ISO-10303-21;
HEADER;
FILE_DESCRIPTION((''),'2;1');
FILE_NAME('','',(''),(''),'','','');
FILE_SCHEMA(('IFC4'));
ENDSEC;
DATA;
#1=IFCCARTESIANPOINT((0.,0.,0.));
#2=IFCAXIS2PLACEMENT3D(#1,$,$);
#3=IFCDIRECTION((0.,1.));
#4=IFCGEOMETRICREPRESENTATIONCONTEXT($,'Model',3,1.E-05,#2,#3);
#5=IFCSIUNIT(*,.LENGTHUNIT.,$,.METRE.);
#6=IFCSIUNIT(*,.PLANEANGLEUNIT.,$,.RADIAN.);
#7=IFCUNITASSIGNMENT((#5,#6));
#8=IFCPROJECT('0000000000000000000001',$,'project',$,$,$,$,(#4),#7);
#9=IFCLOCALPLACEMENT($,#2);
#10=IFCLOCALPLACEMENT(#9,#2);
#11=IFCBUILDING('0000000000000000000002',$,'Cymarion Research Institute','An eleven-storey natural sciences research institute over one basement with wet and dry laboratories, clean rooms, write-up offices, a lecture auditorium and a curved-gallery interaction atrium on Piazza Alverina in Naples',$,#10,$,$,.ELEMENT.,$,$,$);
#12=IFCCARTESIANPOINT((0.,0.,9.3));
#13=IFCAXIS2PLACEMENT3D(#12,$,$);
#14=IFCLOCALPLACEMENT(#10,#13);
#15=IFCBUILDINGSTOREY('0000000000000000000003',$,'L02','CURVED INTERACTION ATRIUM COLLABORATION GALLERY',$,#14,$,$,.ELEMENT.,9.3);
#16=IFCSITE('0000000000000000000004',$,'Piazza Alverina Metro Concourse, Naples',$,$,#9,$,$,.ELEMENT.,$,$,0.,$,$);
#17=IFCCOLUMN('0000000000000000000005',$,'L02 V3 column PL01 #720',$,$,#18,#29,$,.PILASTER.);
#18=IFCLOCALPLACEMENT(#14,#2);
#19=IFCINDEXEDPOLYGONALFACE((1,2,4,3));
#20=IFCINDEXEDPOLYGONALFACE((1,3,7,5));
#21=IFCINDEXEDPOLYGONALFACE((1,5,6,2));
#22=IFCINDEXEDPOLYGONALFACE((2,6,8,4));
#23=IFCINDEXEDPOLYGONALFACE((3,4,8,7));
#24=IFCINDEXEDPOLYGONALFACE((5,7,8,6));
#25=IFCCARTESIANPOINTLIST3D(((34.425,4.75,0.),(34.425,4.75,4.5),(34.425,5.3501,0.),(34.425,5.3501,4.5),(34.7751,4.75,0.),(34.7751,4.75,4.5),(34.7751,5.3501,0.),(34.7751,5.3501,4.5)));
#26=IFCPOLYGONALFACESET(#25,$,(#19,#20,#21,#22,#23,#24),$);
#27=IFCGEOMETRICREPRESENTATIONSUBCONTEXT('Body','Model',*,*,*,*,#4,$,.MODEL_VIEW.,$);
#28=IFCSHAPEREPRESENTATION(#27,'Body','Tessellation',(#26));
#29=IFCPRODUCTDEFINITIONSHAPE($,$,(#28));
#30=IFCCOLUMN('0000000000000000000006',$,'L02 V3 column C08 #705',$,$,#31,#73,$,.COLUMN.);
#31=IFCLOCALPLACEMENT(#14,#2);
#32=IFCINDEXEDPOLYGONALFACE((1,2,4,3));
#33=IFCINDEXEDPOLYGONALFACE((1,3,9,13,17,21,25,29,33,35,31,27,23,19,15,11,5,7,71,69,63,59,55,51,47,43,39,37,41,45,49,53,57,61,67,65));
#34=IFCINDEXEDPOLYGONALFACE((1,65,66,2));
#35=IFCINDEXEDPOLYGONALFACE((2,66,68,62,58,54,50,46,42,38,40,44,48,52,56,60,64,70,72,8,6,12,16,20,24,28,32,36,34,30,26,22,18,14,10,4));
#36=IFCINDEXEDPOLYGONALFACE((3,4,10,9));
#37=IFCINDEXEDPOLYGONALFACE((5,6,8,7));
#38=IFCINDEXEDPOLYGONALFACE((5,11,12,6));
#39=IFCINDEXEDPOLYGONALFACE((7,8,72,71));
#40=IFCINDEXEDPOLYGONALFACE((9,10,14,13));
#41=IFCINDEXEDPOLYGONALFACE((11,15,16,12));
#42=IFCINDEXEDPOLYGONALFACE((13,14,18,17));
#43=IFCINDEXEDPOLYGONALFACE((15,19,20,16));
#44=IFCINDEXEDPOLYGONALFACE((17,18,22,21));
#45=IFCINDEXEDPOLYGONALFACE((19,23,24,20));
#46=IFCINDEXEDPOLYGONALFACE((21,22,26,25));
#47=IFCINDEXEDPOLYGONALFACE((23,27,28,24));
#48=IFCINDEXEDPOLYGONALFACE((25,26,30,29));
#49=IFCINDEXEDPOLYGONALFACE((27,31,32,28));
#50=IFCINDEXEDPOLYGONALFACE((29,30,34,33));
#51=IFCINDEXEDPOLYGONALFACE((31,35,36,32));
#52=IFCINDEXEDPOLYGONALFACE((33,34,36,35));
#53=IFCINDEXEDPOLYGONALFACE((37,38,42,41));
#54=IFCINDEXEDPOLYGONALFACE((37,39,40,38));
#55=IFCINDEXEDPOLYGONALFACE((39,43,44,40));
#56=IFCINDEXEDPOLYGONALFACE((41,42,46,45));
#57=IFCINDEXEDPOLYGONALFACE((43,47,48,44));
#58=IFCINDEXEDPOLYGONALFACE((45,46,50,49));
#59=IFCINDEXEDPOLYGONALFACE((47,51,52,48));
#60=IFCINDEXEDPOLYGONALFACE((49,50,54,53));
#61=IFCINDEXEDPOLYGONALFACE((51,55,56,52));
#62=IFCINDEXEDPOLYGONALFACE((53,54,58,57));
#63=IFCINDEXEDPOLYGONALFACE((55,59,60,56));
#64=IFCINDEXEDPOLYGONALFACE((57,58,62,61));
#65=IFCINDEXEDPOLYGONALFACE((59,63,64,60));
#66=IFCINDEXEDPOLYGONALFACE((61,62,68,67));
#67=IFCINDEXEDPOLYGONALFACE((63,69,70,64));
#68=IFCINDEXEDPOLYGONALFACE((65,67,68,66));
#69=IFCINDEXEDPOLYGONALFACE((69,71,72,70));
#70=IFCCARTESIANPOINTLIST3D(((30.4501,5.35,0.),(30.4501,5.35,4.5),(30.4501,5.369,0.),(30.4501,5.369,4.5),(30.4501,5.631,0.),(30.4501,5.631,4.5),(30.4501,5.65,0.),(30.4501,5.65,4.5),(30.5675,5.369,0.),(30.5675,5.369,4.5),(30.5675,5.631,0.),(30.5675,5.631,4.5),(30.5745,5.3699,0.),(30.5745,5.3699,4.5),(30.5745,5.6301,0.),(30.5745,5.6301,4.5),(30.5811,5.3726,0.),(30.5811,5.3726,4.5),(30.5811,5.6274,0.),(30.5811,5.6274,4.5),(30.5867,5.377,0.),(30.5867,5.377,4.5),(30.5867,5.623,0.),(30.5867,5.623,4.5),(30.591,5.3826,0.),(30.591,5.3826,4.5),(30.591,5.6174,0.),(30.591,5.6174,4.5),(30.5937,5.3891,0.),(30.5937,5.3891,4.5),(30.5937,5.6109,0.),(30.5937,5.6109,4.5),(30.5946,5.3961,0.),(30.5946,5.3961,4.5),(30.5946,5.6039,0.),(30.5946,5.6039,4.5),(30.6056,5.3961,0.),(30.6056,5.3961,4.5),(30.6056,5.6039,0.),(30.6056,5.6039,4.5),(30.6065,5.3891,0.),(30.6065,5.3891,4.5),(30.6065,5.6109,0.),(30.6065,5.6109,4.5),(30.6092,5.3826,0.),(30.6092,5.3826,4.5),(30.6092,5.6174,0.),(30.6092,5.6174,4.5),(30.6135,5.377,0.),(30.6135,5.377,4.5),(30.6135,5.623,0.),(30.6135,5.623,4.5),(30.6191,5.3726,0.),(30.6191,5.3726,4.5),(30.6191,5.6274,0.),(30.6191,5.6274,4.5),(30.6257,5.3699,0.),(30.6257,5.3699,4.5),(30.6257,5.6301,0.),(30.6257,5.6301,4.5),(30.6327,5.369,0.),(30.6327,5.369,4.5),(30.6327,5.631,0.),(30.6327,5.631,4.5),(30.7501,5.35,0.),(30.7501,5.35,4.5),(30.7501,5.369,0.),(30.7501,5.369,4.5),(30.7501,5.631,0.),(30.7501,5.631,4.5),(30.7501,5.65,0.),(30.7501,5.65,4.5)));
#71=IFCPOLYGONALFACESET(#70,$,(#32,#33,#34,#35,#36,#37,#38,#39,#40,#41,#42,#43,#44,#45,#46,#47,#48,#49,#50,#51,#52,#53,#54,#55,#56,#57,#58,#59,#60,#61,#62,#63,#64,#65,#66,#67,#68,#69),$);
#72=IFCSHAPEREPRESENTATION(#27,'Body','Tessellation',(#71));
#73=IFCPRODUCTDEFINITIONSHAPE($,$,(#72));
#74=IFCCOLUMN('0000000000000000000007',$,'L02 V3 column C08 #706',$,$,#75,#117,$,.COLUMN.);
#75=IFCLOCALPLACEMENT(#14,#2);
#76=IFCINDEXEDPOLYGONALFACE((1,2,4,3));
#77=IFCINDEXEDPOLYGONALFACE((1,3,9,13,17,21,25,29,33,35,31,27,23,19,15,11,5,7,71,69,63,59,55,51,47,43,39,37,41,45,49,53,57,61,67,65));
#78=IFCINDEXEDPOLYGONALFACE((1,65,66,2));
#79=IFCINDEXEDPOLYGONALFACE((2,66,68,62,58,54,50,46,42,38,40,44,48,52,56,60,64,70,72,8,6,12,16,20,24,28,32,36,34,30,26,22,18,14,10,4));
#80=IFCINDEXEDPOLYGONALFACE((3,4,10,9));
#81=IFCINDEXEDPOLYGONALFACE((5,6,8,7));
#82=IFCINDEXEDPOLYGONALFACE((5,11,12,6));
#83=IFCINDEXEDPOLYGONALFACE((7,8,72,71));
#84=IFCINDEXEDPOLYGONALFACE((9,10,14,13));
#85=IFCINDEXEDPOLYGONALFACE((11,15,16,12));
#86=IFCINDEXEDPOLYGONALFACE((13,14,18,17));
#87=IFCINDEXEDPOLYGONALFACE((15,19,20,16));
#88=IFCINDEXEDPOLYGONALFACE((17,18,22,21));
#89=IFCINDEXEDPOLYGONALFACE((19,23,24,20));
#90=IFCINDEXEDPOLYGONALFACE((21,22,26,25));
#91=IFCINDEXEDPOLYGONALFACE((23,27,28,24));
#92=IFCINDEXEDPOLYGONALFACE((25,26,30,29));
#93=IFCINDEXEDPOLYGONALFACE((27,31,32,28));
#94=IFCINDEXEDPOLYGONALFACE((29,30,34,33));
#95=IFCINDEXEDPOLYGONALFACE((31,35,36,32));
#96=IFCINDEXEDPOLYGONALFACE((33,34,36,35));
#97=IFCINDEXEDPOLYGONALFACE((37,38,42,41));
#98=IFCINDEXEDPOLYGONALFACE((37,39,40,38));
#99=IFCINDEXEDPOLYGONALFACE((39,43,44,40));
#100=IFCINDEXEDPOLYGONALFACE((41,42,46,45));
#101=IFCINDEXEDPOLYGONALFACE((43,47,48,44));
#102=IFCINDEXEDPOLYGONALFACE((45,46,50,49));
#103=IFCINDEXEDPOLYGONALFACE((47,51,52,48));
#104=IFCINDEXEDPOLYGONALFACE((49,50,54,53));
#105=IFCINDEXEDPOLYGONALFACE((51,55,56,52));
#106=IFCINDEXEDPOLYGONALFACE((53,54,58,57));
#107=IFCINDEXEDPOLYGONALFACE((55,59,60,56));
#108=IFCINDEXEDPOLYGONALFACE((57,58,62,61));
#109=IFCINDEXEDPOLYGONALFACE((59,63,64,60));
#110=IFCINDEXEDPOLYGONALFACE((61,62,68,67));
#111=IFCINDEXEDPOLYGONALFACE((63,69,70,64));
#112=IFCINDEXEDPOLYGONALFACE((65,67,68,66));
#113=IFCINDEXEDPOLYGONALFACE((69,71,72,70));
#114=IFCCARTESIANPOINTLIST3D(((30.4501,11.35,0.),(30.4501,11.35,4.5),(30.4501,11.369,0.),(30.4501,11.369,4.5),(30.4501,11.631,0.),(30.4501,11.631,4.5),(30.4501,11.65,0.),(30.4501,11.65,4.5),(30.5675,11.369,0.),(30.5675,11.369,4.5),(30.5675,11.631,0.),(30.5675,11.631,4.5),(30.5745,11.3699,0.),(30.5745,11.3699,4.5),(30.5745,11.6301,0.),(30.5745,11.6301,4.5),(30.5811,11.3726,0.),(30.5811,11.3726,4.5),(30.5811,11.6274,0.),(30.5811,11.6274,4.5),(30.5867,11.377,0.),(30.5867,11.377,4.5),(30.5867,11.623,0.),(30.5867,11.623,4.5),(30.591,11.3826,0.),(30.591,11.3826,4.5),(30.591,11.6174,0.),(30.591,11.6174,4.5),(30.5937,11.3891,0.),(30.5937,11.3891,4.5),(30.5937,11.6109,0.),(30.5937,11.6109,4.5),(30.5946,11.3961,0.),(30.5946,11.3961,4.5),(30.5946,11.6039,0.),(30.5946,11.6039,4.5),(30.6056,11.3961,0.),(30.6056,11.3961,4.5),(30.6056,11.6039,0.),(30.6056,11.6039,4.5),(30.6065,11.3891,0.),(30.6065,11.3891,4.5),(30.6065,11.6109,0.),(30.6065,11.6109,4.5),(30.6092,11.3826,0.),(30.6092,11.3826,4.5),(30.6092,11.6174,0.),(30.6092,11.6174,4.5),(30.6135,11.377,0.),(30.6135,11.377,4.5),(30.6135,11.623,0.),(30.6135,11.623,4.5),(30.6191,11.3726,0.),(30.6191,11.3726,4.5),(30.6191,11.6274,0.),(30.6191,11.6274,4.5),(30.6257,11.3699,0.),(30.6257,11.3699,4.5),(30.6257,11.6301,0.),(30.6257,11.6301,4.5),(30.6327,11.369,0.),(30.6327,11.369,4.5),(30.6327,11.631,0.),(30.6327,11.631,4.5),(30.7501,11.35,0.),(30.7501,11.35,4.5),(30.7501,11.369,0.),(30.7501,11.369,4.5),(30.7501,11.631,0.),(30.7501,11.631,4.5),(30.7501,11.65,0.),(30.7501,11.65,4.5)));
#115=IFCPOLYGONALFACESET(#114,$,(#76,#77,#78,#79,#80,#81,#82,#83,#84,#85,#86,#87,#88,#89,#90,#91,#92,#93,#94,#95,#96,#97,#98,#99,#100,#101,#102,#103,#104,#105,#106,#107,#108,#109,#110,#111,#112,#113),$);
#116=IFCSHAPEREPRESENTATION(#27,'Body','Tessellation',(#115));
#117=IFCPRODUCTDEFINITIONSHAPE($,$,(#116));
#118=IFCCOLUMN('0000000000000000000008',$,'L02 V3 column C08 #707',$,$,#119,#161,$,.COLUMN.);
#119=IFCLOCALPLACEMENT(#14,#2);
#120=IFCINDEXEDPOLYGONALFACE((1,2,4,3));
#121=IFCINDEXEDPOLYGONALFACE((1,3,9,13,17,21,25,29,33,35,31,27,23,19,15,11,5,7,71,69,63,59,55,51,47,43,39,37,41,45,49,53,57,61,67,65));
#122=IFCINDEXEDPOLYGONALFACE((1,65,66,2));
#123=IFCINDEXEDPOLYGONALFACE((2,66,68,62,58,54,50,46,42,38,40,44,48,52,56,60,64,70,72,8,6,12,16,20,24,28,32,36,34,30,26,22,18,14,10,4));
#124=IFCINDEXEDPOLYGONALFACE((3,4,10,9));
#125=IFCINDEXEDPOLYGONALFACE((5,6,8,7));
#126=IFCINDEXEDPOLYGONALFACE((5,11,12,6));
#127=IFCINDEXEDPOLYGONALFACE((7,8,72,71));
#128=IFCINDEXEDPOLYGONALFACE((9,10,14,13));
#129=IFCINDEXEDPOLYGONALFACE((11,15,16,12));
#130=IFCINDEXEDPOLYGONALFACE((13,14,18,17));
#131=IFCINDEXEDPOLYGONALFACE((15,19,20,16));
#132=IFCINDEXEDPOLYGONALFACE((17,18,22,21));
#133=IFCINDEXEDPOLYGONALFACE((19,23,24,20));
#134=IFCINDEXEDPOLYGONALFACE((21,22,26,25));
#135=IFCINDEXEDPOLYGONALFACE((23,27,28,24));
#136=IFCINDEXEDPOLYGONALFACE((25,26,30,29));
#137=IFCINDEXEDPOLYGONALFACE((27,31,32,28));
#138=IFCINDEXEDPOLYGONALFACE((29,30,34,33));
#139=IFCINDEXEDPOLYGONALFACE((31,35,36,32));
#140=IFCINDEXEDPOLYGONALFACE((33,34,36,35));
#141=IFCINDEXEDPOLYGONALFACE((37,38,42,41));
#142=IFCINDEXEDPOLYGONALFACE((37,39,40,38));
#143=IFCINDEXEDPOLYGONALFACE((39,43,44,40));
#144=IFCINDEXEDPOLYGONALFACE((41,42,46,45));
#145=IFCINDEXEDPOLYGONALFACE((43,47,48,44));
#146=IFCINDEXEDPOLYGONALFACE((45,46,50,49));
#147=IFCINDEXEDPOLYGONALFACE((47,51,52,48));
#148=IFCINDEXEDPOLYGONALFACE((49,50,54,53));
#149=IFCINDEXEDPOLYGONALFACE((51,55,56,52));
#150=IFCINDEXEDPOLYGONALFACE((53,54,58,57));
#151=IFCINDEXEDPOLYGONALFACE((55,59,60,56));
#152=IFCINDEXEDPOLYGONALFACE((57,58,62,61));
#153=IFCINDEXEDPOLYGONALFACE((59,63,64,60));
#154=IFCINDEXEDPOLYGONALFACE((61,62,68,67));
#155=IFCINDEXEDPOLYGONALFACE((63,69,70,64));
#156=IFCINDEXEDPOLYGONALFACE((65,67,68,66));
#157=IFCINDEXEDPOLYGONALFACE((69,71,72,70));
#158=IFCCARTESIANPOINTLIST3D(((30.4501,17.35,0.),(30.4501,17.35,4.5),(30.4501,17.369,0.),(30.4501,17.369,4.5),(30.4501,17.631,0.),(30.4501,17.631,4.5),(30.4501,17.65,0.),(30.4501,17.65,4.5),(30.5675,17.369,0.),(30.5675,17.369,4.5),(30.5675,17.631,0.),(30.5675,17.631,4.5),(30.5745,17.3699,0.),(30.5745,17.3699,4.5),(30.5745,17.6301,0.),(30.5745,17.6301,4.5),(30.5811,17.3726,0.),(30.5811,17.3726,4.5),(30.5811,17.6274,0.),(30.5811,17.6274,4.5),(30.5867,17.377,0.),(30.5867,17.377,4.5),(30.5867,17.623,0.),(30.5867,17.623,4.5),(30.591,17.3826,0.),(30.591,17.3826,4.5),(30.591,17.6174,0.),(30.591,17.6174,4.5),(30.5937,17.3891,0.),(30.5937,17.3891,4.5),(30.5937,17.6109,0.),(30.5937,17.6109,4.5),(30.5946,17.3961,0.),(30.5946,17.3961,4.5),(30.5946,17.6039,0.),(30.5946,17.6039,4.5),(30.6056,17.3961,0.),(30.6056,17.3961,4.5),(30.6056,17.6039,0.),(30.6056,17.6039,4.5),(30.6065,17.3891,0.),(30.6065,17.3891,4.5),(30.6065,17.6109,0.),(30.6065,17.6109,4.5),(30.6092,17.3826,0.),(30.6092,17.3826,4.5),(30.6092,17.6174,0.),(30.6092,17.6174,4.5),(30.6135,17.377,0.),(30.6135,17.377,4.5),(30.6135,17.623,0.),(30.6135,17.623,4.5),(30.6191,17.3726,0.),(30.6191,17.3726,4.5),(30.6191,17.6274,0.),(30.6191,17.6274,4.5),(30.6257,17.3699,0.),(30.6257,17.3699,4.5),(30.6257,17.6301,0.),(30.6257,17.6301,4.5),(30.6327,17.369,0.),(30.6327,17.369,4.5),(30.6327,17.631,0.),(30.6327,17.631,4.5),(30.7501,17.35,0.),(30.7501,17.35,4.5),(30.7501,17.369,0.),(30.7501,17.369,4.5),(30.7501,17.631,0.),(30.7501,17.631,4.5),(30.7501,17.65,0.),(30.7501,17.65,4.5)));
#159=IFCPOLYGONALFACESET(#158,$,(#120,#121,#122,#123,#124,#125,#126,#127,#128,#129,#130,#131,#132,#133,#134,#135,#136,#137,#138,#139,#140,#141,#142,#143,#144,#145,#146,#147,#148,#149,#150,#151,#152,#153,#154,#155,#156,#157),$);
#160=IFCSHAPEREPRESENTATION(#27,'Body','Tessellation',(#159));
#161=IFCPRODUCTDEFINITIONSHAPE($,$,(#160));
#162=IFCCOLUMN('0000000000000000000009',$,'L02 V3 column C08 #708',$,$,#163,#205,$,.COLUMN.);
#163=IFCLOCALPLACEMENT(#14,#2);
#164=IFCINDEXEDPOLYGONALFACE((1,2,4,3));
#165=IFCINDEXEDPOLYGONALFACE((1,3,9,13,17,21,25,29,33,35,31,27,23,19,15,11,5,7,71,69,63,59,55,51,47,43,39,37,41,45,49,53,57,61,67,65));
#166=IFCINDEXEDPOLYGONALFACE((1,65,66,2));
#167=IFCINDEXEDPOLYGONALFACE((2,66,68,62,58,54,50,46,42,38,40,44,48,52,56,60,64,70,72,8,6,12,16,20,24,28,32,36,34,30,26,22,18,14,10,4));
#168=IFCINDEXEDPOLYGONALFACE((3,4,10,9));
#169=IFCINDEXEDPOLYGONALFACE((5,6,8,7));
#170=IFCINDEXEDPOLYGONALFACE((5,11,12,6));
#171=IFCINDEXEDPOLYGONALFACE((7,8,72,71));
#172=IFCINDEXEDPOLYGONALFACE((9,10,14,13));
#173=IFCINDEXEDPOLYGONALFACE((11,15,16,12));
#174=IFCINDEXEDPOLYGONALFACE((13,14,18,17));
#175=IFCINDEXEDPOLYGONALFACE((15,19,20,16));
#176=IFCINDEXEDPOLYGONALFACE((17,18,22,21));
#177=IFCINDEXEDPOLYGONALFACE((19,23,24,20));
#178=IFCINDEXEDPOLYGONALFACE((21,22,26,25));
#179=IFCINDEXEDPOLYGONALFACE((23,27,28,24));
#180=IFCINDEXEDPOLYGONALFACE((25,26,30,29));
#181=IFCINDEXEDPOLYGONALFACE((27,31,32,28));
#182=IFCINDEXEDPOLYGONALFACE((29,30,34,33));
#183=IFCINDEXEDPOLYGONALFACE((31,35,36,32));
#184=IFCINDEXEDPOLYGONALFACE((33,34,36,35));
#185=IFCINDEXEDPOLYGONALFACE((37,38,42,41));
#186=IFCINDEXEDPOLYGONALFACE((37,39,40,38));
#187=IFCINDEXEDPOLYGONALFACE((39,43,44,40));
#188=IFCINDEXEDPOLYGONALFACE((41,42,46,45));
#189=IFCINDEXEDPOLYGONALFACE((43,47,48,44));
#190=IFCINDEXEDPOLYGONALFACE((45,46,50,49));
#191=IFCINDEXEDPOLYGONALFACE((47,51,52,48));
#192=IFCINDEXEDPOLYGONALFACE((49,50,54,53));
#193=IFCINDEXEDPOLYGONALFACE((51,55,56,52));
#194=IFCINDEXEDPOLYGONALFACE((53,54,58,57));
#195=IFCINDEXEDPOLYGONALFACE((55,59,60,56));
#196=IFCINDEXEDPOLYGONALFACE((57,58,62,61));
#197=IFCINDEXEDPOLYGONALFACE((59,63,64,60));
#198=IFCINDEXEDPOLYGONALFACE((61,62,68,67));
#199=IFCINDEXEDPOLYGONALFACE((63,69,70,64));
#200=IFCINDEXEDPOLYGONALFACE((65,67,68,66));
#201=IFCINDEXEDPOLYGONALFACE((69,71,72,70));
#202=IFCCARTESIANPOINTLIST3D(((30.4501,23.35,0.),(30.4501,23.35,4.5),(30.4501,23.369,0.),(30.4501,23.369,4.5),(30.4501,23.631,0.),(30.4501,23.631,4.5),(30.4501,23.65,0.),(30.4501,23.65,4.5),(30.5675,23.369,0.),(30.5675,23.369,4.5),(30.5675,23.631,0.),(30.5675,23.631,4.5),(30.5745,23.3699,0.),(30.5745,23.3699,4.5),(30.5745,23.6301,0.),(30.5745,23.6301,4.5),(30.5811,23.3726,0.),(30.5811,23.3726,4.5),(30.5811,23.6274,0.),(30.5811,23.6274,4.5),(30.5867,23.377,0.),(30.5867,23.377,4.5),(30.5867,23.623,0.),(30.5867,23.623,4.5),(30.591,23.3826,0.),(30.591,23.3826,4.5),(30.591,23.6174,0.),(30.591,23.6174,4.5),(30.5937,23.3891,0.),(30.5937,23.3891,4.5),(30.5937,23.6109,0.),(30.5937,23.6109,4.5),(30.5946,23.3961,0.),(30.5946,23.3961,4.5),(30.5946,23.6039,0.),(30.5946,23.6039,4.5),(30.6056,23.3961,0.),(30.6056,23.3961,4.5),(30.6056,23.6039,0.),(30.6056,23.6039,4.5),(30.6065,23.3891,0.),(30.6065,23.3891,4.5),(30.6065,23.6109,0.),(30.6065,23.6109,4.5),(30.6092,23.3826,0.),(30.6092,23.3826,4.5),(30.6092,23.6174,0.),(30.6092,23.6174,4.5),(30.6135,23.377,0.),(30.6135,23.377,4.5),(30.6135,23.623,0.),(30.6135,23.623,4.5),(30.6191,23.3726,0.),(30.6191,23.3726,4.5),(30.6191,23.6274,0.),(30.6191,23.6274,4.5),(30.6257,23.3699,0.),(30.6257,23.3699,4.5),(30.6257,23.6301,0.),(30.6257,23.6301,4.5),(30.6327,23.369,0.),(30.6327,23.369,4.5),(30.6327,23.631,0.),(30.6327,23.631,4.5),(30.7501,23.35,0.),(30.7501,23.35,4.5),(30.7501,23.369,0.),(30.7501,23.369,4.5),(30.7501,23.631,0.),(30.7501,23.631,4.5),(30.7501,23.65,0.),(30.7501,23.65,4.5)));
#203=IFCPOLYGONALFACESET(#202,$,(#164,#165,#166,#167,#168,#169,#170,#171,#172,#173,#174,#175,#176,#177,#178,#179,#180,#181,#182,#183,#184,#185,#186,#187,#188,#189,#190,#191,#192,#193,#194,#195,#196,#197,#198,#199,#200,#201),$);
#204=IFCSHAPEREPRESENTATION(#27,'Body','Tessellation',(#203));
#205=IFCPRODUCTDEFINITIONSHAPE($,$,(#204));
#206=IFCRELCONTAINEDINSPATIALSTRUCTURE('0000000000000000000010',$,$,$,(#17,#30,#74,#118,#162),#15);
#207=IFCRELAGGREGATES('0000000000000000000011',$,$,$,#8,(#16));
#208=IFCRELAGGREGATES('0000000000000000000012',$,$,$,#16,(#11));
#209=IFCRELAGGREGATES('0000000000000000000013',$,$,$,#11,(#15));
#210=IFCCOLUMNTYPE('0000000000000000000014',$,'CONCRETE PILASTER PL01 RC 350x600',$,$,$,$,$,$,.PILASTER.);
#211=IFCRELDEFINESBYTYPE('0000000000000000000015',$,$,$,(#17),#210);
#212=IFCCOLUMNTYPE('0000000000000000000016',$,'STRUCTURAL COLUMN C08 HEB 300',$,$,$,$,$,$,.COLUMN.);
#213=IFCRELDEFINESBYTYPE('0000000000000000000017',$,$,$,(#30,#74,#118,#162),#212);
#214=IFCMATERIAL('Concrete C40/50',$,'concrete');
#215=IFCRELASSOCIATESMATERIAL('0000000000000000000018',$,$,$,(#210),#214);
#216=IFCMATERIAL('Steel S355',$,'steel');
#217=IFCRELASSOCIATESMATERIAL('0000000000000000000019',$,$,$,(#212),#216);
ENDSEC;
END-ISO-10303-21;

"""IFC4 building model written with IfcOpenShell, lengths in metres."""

from ifc_helpers import new_model, si_unit, direction, frame, origin, origin_2d, place, context, subcontext, project, spatial, rectangle, i_section, extrude, material, material_profile, profile_set, type_object, element, save


model = new_model("IFC4")

# Units and contexts
model_context = context("Model", 3, precision=1e-05, world=origin(), true_north=direction((0.0, 1.0)))
body_context = subcontext(model_context, "Body", "Model", "MODEL_VIEW")
ifc_project = project(units=[si_unit("LENGTHUNIT", "METRE"), si_unit("PLANEANGLEUNIT", "RADIAN")], contexts=[model_context])

# Site, building, storey
site_placement = place(None, origin())
site = spatial("IfcSite", under=ifc_project, at=site_placement, Name="Piazza Alverina Metro Concourse, Naples", CompositionType="ELEMENT", RefElevation=0.0)
building_placement = place(site_placement, origin())
building = spatial("IfcBuilding", under=site, at=building_placement, Name="Cymarion Research Institute", Description="An eleven-storey natural sciences research institute over one basement with wet and dry laboratories, clean rooms, write-up offices, a lecture auditorium and a curved-gallery interaction atrium on Piazza Alverina in Naples", CompositionType="ELEMENT")
storey_placement = place(building_placement, frame((0.0, 0.0, 9.3)))
storey = spatial("IfcBuildingStorey", under=building, at=storey_placement, Name="L02", Description="CURVED INTERACTION ATRIUM COLLABORATION GALLERY", CompositionType="ELEMENT", Elevation=9.3)

# Columns
ifc_material_1 = material(Name="Concrete C40/50", Category="concrete")
ifc_material_profile_1 = material_profile(ifc_material_1, rectangle(XDim=0.3501, YDim=0.6001, at=origin_2d()), Name="RC 350x600")
ifc_profile_set_1 = profile_set([ifc_material_profile_1], Name="Concrete C40/50")
column_type_1 = type_object("IfcColumnType", Name="CONCRETE PILASTER PL01 RC 350x600", PredefinedType="PILASTER", material=ifc_profile_set_1)
column_placement = place(storey_placement, frame((34.6001, 5.05, 0.0), z_axis=(0.0, 0.0, 1.0), x_axis=(1.0, 0.0, 0.0)))
element("IfcColumn", 1, at=column_placement, inside=storey, type_object=column_type_1, Name="L02 V3 column PL01 #720", PredefinedType="PILASTER", context=body_context, shape_type="SweptSolid", body=[
    extrude(rectangle(XDim=0.3501, YDim=0.6001, at=origin_2d()), origin(), (0.0, 0.0, 1.0), 4.5),
])
ifc_material_2 = material(Name="Steel S355", Category="steel")
ifc_material_profile_2 = material_profile(ifc_material_2, i_section(OverallWidth=0.3, OverallDepth=0.3, WebThickness=0.011, FlangeThickness=0.019, FilletRadius=0.0271, at=origin_2d()), Name="HEB 300")
ifc_profile_set_2 = profile_set([ifc_material_profile_2], Name="Steel S355")
column_type_2 = type_object("IfcColumnType", Name="STRUCTURAL COLUMN C08 HEB 300", PredefinedType="COLUMN", material=ifc_profile_set_2)
for number, where, z_axis, x_axis, name in (
    (2, (30.6001, 5.5, 0.0), (0.0, 0.0, 1.0), (1.0, 0.0, 0.0), "L02 V3 column C08 #705"),
    (3, (30.6001, 11.5, 0.0), (0.0, 0.0, 1.0), (1.0, 0.0, 0.0), "L02 V3 column C08 #706"),
    (4, (30.6001, 17.5, 0.0), (0.0, 0.0, 1.0), (1.0, 0.0, 0.0), "L02 V3 column C08 #707"),
    (5, (30.6001, 23.5, 0.0), (0.0, 0.0, 1.0), (1.0, 0.0, 0.0), "L02 V3 column C08 #708"),
):
    element("IfcColumn", number, at=place(storey_placement, frame(where, z_axis=z_axis, x_axis=x_axis)), inside=storey, type_object=column_type_2, Name=name, PredefinedType="COLUMN", context=body_context, shape_type="SweptSolid", body=[
        extrude(i_section(OverallWidth=0.3, OverallDepth=0.3, WebThickness=0.011, FlangeThickness=0.019, FilletRadius=0.0271, at=origin_2d()), origin(), (0.0, 0.0, 1.0), 4.5),
    ])

save(model, "model.ifc")
